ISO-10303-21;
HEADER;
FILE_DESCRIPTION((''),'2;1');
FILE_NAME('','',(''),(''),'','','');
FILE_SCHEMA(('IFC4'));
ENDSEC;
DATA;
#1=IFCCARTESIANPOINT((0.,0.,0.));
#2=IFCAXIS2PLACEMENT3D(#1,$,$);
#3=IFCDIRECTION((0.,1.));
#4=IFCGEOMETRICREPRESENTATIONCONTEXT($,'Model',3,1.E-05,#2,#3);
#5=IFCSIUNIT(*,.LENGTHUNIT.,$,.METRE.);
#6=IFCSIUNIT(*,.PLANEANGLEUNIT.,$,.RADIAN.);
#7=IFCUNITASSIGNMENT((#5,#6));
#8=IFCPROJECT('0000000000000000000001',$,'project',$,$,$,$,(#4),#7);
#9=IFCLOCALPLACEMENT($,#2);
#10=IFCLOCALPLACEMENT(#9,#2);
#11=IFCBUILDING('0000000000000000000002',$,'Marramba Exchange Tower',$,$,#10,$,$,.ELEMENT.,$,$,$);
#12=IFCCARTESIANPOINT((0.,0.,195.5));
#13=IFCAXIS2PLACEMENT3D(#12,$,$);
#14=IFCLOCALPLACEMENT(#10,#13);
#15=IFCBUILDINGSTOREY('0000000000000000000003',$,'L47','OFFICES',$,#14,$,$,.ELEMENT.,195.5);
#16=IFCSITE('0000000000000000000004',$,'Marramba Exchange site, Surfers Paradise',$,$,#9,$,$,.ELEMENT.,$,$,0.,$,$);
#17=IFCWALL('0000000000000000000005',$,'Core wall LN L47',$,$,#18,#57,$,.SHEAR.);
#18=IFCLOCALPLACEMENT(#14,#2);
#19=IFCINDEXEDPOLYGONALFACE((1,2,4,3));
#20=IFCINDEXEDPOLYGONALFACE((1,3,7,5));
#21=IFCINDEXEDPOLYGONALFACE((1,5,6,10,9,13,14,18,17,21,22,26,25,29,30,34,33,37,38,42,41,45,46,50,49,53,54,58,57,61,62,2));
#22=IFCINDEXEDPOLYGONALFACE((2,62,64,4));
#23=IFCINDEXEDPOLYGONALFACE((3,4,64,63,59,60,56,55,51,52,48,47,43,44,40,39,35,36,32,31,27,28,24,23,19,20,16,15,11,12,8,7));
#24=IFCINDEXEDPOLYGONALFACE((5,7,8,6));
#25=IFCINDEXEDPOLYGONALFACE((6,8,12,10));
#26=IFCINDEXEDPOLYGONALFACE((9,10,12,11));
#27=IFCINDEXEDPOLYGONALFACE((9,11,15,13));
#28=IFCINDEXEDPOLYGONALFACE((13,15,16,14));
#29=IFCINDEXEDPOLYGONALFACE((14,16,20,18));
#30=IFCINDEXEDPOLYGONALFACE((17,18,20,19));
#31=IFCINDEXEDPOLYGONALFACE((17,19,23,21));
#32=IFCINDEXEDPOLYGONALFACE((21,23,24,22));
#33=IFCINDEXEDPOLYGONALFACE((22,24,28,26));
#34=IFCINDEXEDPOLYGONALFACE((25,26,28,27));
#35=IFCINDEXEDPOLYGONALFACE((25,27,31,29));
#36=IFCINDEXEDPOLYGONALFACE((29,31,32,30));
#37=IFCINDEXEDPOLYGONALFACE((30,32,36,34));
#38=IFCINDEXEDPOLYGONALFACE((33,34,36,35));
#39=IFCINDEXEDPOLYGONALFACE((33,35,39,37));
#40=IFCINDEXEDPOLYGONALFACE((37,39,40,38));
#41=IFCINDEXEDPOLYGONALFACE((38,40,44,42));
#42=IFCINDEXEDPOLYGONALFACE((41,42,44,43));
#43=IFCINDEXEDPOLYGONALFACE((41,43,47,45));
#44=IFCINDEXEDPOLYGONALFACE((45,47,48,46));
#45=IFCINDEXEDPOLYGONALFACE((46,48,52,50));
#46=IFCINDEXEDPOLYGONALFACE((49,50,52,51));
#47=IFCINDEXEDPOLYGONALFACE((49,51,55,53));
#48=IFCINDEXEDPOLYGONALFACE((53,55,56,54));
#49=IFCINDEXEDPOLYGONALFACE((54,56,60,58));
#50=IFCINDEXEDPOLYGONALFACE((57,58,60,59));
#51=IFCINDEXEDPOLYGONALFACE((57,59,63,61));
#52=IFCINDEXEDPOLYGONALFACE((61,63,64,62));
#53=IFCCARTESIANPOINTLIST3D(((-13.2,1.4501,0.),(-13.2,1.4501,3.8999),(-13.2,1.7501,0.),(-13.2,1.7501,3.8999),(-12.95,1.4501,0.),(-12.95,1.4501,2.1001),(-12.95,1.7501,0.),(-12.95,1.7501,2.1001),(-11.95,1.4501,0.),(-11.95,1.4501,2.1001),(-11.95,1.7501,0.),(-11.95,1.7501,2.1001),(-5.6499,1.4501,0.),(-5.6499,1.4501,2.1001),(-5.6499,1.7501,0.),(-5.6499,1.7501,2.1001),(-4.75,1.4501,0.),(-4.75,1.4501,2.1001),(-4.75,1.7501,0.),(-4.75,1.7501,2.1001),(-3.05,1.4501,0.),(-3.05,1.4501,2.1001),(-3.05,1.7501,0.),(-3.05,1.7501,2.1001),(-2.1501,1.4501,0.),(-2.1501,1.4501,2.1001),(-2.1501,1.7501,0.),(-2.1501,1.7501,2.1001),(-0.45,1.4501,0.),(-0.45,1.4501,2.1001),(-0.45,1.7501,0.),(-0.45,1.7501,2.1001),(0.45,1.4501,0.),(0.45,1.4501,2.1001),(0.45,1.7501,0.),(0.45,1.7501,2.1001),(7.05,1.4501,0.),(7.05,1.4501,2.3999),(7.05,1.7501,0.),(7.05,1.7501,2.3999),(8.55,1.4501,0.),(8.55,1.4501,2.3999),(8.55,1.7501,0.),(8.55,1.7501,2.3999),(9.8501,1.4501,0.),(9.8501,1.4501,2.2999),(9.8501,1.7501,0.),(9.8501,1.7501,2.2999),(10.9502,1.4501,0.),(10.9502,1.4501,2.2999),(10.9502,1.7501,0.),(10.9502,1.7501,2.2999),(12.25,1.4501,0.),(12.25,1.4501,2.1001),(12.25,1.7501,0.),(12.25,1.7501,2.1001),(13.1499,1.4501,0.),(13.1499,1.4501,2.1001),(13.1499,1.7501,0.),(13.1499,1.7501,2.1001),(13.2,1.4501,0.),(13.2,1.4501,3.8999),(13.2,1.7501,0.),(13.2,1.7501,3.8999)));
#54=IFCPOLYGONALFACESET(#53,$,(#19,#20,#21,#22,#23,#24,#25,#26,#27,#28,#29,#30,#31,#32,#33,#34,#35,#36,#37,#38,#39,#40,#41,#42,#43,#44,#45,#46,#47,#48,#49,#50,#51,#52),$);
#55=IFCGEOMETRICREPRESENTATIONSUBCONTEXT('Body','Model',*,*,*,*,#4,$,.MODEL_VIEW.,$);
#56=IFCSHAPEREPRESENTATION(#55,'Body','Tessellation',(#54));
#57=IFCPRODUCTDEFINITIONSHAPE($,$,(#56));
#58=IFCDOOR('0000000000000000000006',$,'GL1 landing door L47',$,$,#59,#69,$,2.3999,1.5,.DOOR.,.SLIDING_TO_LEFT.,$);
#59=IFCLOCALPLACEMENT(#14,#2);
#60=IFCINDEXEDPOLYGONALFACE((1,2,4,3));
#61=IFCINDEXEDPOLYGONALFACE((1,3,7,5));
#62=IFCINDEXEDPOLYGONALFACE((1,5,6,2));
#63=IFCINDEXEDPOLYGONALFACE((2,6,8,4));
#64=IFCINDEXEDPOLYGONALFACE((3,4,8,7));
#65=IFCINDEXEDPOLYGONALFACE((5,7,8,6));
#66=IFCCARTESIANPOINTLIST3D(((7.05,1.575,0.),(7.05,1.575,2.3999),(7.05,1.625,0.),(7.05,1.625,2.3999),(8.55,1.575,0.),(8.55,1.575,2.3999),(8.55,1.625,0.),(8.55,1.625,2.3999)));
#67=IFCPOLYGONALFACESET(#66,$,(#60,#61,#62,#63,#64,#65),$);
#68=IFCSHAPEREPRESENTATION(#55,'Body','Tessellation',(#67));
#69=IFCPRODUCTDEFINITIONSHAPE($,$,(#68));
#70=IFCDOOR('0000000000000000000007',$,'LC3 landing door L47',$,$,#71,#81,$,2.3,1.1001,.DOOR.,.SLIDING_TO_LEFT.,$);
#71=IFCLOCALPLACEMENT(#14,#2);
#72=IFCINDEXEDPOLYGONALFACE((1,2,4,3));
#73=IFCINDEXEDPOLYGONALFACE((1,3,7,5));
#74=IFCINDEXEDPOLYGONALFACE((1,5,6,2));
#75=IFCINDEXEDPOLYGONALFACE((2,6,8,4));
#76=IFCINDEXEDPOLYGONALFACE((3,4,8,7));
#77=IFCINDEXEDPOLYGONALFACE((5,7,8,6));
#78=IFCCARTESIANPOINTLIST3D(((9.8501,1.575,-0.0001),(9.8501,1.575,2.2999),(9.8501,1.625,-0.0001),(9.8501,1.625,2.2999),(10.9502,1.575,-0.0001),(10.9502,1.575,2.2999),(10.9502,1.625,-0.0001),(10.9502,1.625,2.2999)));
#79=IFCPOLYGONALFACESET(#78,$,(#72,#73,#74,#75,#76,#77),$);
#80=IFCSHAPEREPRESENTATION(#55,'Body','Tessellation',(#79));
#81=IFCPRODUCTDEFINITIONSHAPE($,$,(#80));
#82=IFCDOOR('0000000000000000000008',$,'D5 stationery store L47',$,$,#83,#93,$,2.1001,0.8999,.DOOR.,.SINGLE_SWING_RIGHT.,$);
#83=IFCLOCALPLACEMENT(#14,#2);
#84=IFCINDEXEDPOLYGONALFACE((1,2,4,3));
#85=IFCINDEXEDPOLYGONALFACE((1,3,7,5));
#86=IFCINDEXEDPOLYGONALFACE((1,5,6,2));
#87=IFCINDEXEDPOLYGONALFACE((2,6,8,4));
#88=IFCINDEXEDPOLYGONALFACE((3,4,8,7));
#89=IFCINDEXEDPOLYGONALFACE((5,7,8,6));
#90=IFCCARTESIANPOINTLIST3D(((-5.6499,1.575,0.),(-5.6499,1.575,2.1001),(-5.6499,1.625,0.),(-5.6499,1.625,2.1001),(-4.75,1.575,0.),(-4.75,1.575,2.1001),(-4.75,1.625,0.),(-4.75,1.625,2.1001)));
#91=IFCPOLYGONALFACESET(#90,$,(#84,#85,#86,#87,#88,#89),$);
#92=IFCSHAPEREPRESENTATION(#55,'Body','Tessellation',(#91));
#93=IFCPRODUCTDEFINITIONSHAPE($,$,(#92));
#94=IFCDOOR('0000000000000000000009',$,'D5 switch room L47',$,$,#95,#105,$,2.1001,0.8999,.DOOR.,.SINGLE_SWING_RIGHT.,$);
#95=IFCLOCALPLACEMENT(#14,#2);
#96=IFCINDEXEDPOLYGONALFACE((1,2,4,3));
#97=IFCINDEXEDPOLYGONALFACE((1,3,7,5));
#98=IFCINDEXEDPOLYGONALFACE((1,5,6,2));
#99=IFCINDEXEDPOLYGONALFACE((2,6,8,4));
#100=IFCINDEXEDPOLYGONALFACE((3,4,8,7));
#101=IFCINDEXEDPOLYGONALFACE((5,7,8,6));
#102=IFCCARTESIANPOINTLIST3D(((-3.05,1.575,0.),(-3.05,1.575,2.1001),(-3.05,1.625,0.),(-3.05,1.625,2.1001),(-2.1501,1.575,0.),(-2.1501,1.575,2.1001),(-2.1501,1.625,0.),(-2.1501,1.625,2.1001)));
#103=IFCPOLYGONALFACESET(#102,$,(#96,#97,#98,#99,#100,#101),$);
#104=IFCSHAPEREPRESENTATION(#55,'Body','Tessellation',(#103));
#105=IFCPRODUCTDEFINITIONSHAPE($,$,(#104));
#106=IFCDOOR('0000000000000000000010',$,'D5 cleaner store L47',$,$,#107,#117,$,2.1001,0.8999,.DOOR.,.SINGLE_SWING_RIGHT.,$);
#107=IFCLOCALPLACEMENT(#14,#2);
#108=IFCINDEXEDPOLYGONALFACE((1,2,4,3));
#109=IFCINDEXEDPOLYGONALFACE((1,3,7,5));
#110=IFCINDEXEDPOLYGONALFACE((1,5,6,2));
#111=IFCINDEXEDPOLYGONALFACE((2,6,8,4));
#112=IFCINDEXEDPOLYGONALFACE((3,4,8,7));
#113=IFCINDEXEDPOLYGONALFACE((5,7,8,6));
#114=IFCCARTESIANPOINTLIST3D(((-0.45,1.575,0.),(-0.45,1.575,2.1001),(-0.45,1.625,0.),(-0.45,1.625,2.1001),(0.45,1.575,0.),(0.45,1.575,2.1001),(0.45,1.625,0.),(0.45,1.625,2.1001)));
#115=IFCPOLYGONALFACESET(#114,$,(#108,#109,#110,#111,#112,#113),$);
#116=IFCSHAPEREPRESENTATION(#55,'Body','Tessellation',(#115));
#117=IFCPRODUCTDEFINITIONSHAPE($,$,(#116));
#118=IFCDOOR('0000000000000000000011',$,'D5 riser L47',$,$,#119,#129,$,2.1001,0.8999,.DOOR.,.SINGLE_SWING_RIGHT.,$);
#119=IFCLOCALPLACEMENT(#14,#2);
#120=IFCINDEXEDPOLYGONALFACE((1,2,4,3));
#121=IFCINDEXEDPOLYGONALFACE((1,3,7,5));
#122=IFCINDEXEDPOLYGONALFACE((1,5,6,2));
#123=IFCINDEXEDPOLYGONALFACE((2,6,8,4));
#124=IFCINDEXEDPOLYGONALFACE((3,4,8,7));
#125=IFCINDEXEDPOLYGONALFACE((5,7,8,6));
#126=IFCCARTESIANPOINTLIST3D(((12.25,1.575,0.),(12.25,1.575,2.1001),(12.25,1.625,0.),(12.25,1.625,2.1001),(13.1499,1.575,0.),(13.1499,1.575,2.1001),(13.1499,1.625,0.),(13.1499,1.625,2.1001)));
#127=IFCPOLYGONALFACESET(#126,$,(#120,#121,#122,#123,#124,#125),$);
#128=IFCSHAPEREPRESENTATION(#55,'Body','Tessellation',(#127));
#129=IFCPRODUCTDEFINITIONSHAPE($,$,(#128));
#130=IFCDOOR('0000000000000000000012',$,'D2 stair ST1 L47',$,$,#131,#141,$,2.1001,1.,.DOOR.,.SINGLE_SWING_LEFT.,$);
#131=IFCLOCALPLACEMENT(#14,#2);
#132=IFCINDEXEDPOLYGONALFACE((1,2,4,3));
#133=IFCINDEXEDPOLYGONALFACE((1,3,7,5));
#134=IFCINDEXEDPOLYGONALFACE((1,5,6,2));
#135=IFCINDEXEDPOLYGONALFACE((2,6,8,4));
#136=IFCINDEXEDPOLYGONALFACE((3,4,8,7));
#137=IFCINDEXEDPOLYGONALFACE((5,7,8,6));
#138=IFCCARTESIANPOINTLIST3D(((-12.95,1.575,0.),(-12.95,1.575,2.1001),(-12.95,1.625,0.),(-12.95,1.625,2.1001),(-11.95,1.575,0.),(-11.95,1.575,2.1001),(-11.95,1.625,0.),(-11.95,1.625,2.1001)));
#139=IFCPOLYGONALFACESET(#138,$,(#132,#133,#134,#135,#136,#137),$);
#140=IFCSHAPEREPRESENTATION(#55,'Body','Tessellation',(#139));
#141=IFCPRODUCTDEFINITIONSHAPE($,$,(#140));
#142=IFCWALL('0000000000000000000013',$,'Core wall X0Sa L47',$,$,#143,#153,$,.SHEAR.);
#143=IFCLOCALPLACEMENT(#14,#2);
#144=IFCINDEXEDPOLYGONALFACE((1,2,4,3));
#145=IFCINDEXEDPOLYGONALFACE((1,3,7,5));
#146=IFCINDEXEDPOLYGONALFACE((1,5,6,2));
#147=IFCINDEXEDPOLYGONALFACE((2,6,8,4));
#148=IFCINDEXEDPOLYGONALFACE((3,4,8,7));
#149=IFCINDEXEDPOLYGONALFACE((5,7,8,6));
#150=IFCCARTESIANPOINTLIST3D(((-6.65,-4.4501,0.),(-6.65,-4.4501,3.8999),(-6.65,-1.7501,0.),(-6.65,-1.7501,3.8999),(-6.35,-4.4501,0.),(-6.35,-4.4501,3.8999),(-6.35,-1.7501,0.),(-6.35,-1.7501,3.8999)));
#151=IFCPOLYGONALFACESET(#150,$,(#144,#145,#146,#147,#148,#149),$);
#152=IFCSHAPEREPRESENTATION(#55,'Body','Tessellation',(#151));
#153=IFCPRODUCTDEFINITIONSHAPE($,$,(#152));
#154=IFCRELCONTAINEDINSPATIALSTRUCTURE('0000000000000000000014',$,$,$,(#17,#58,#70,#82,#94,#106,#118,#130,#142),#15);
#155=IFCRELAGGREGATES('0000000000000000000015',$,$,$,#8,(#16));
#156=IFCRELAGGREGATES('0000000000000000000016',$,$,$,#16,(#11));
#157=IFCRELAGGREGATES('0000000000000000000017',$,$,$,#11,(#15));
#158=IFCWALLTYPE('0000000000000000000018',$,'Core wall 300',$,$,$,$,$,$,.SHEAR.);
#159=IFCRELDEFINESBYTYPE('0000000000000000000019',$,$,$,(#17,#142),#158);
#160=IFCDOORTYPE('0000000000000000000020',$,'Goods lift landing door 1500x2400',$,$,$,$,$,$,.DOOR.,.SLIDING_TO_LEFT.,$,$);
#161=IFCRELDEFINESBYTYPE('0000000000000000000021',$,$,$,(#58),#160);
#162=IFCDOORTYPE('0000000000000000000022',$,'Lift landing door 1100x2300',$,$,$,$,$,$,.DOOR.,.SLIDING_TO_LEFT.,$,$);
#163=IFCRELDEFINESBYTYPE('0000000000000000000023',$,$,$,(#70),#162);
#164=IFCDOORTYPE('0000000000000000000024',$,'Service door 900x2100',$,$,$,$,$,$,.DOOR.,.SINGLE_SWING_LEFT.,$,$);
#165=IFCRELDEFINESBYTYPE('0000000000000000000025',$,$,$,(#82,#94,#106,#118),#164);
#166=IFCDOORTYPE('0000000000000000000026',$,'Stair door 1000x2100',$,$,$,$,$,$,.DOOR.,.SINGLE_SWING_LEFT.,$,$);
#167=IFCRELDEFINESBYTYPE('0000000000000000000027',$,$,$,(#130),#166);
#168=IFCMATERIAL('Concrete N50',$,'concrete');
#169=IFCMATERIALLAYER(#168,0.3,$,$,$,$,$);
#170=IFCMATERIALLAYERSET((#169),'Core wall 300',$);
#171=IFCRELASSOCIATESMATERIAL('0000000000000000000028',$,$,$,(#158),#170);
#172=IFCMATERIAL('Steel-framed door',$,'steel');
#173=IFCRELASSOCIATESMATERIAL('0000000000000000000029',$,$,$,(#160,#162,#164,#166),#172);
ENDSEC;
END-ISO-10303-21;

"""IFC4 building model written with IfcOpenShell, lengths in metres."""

from ifc_helpers import new_model, si_unit, direction, frame, frame_2d, origin, place, context, subcontext, project, spatial, rectangle, extrude, material, layer, layer_set, type_object, element, fill, save


model = new_model("IFC4")

# Units and contexts
model_context = context("Model", 3, precision=1e-05, world=origin(), true_north=direction((0.0, 1.0)))
body_context = subcontext(model_context, "Body", "Model", "MODEL_VIEW")
ifc_project = project(units=[si_unit("LENGTHUNIT", "METRE"), si_unit("PLANEANGLEUNIT", "RADIAN")], contexts=[model_context])

# Site, building, storey
site_placement = place(None, origin())
site = spatial("IfcSite", under=ifc_project, at=site_placement, Name="Marramba Exchange site, Surfers Paradise", CompositionType="ELEMENT", RefElevation=0.0)
building_placement = place(site_placement, origin())
building = spatial("IfcBuilding", under=site, at=building_placement, Name="Marramba Exchange Tower", CompositionType="ELEMENT")
storey_placement = place(building_placement, frame((0.0, 0.0, 195.5)))
storey = spatial("IfcBuildingStorey", under=building, at=storey_placement, Name="L47", Description="OFFICES", CompositionType="ELEMENT", Elevation=195.5)

# Shared definitions
ifc_material_1 = material(Name="Concrete N50", Category="concrete")

# Wall, openings, doors
ifc_layer_1 = layer(ifc_material_1, 0.3)
ifc_layer_set_1 = layer_set([ifc_layer_1], Name="Core wall 300")
wall_type_1 = type_object("IfcWallType", Name="Core wall 300", PredefinedType="SHEAR", material=ifc_layer_set_1)
wall_1_placement = place(storey_placement, frame((-13.2, 1.6001, 0.0), z_axis=(0.0, 0.0, 1.0), x_axis=(1.0, 0.0, 0.0)))
wall_1 = element("IfcWall", 1, at=wall_1_placement, inside=storey, type_object=wall_type_1, Name="Core wall LN L47", PredefinedType="SHEAR", context=body_context, shape_type="SweptSolid", body=[
    extrude(rectangle(XDim=26.3999, YDim=0.3, at=frame_2d((13.2, 0.0))), origin(), (0.0, 0.0, 1.0), 3.8999),
])
opening_1_placement = place(wall_1_placement, frame((0.25, 0.0, 0.0)))
opening_1 = element("IfcOpeningElement", 2, at=opening_1_placement, cuts=wall_1, PredefinedType="OPENING", context=body_context, shape_type="SweptSolid", body=[
    extrude(rectangle(XDim=1.0, YDim=2.1001, at=frame_2d((0.5, 1.05))), frame((0.0, 0.1599, 0.0), z_axis=(0.0, -1.0, 0.0), x_axis=(1.0, 0.0, 0.0)), (0.0, 0.0, 1.0), 0.3201),
])
opening_2_placement = place(wall_1_placement, frame((23.05, 0.0, 0.0)))
opening_2 = element("IfcOpeningElement", 3, at=opening_2_placement, cuts=wall_1, PredefinedType="OPENING", context=body_context, shape_type="SweptSolid", body=[
    extrude(rectangle(XDim=1.1001, YDim=2.3, at=frame_2d((0.55, 1.1499))), frame((0.0, 0.1599, 0.0), z_axis=(0.0, -1.0, 0.0), x_axis=(1.0, 0.0, 0.0)), (0.0, 0.0, 1.0), 0.3201),
])
opening_3_placement = place(wall_1_placement, frame((20.25, 0.0, 0.0)))
opening_3 = element("IfcOpeningElement", 4, at=opening_3_placement, cuts=wall_1, PredefinedType="OPENING", context=body_context, shape_type="SweptSolid", body=[
    extrude(rectangle(XDim=1.5, YDim=2.3999, at=frame_2d((0.75, 1.2))), frame((0.0, 0.1599, 0.0), z_axis=(0.0, -1.0, 0.0), x_axis=(1.0, 0.0, 0.0)), (0.0, 0.0, 1.0), 0.3201),
])
opening_4_placement = place(wall_1_placement, frame((7.55, 0.0, 0.0)))
opening_4 = element("IfcOpeningElement", 5, at=opening_4_placement, cuts=wall_1, PredefinedType="OPENING", context=body_context, shape_type="SweptSolid", body=[
    extrude(rectangle(XDim=0.8999, YDim=2.1001, at=frame_2d((0.45, 1.05))), frame((0.0, 0.1599, 0.0), z_axis=(0.0, -1.0, 0.0), x_axis=(1.0, 0.0, 0.0)), (0.0, 0.0, 1.0), 0.3201),
])
opening_5_placement = place(wall_1_placement, frame((10.1499, 0.0, 0.0)))
opening_5 = element("IfcOpeningElement", 6, at=opening_5_placement, cuts=wall_1, PredefinedType="OPENING", context=body_context, shape_type="SweptSolid", body=[
    extrude(rectangle(XDim=0.8999, YDim=2.1001, at=frame_2d((0.45, 1.05))), frame((0.0, 0.1599, 0.0), z_axis=(0.0, -1.0, 0.0), x_axis=(1.0, 0.0, 0.0)), (0.0, 0.0, 1.0), 0.3201),
])
opening_6_placement = place(wall_1_placement, frame((12.75, 0.0, 0.0)))
opening_6 = element("IfcOpeningElement", 7, at=opening_6_placement, cuts=wall_1, PredefinedType="OPENING", context=body_context, shape_type="SweptSolid", body=[
    extrude(rectangle(XDim=0.8999, YDim=2.1001, at=frame_2d((0.45, 1.05))), frame((0.0, 0.1599, 0.0), z_axis=(0.0, -1.0, 0.0), x_axis=(1.0, 0.0, 0.0)), (0.0, 0.0, 1.0), 0.3201),
])
opening_7_placement = place(wall_1_placement, frame((25.45, 0.0, 0.0)))
opening_7 = element("IfcOpeningElement", 8, at=opening_7_placement, cuts=wall_1, PredefinedType="OPENING", context=body_context, shape_type="SweptSolid", body=[
    extrude(rectangle(XDim=0.8999, YDim=2.1001, at=frame_2d((0.45, 1.05))), frame((0.0, 0.1599, 0.0), z_axis=(0.0, -1.0, 0.0), x_axis=(1.0, 0.0, 0.0)), (0.0, 0.0, 1.0), 0.3201),
])
ifc_material_2 = material(Name="Steel-framed door", Category="steel")
door_type_1 = type_object("IfcDoorType", Name="Goods lift landing door 1500x2400", OperationType="SLIDING_TO_LEFT", PredefinedType="DOOR", material=ifc_material_2)
door_1_placement = place(opening_3_placement, origin())
door_1 = element("IfcDoor", 9, at=door_1_placement, inside=storey, type_object=door_type_1, Name="GL1 landing door L47", OperationType="SLIDING_TO_LEFT", OverallHeight=2.3999, OverallWidth=1.5, PredefinedType="DOOR", context=body_context, shape_type="SweptSolid", body=[
    extrude(rectangle(XDim=1.5, YDim=2.3999, at=frame_2d((0.75, 1.2))), frame((0.0, 0.0249, 0.0), z_axis=(0.0, -1.0, 0.0), x_axis=(1.0, 0.0, 0.0)), (0.0, 0.0, 1.0), 0.05),
])
fill(opening_3, door_1)
door_type_2 = type_object("IfcDoorType", Name="Lift landing door 1100x2300", OperationType="SLIDING_TO_LEFT", PredefinedType="DOOR", material=ifc_material_2)
door_2_placement = place(opening_2_placement, origin())
door_2 = element("IfcDoor", 10, at=door_2_placement, inside=storey, type_object=door_type_2, Name="LC3 landing door L47", OperationType="SLIDING_TO_LEFT", OverallHeight=2.3, OverallWidth=1.1001, PredefinedType="DOOR", context=body_context, shape_type="SweptSolid", body=[
    extrude(rectangle(XDim=1.1001, YDim=2.3, at=frame_2d((0.55, 1.1499))), frame((0.0, 0.0249, 0.0), z_axis=(0.0, -1.0, 0.0), x_axis=(1.0, 0.0, 0.0)), (0.0, 0.0, 1.0), 0.05),
])
fill(opening_2, door_2)
door_type_3 = type_object("IfcDoorType", Name="Service door 900x2100", OperationType="SINGLE_SWING_LEFT", PredefinedType="DOOR", material=ifc_material_2)
door_3_placement = place(opening_4_placement, origin())
door_3 = element("IfcDoor", 11, at=door_3_placement, inside=storey, type_object=door_type_3, Name="D5 stationery store L47", OperationType="SINGLE_SWING_RIGHT", OverallHeight=2.1001, OverallWidth=0.8999, PredefinedType="DOOR", context=body_context, shape_type="SweptSolid", body=[
    extrude(rectangle(XDim=0.8999, YDim=2.1001, at=frame_2d((0.45, 1.05))), frame((0.0, 0.0249, 0.0), z_axis=(0.0, -1.0, 0.0), x_axis=(1.0, 0.0, 0.0)), (0.0, 0.0, 1.0), 0.05),
])
fill(opening_4, door_3)
door_4_placement = place(opening_5_placement, origin())
door_4 = element("IfcDoor", 12, at=door_4_placement, inside=storey, type_object=door_type_3, Name="D5 switch room L47", OperationType="SINGLE_SWING_RIGHT", OverallHeight=2.1001, OverallWidth=0.8999, PredefinedType="DOOR", context=body_context, shape_type="SweptSolid", body=[
    extrude(rectangle(XDim=0.8999, YDim=2.1001, at=frame_2d((0.45, 1.05))), frame((0.0, 0.0249, 0.0), z_axis=(0.0, -1.0, 0.0), x_axis=(1.0, 0.0, 0.0)), (0.0, 0.0, 1.0), 0.05),
])
fill(opening_5, door_4)
door_5_placement = place(opening_6_placement, origin())
door_5 = element("IfcDoor", 13, at=door_5_placement, inside=storey, type_object=door_type_3, Name="D5 cleaner store L47", OperationType="SINGLE_SWING_RIGHT", OverallHeight=2.1001, OverallWidth=0.8999, PredefinedType="DOOR", context=body_context, shape_type="SweptSolid", body=[
    extrude(rectangle(XDim=0.8999, YDim=2.1001, at=frame_2d((0.45, 1.05))), frame((0.0, 0.0249, 0.0), z_axis=(0.0, -1.0, 0.0), x_axis=(1.0, 0.0, 0.0)), (0.0, 0.0, 1.0), 0.05),
])
fill(opening_6, door_5)
door_6_placement = place(opening_7_placement, origin())
door_6 = element("IfcDoor", 14, at=door_6_placement, inside=storey, type_object=door_type_3, Name="D5 riser L47", OperationType="SINGLE_SWING_RIGHT", OverallHeight=2.1001, OverallWidth=0.8999, PredefinedType="DOOR", context=body_context, shape_type="SweptSolid", body=[
    extrude(rectangle(XDim=0.8999, YDim=2.1001, at=frame_2d((0.45, 1.05))), frame((0.0, 0.0249, 0.0), z_axis=(0.0, -1.0, 0.0), x_axis=(1.0, 0.0, 0.0)), (0.0, 0.0, 1.0), 0.05),
])
fill(opening_7, door_6)
door_type_4 = type_object("IfcDoorType", Name="Stair door 1000x2100", OperationType="SINGLE_SWING_LEFT", PredefinedType="DOOR", material=ifc_material_2)
door_7_placement = place(opening_1_placement, origin())
door_7 = element("IfcDoor", 15, at=door_7_placement, inside=storey, type_object=door_type_4, Name="D2 stair ST1 L47", OperationType="SINGLE_SWING_LEFT", OverallHeight=2.1001, OverallWidth=1.0, PredefinedType="DOOR", context=body_context, shape_type="SweptSolid", body=[
    extrude(rectangle(XDim=1.0, YDim=2.1001, at=frame_2d((0.5, 1.05))), frame((0.0, 0.0249, 0.0), z_axis=(0.0, -1.0, 0.0), x_axis=(1.0, 0.0, 0.0)), (0.0, 0.0, 1.0), 0.05),
])
fill(opening_1, door_7)

# Wall
wall_2_placement = place(storey_placement, frame((-6.5, -1.75, 0.0), z_axis=(0.0, 0.0, 1.0), x_axis=(0.0, -1.0, 0.0)))
element("IfcWall", 16, at=wall_2_placement, inside=storey, type_object=wall_type_1, Name="Core wall X0Sa L47", PredefinedType="SHEAR", context=body_context, shape_type="SweptSolid", body=[
    extrude(rectangle(XDim=2.7, YDim=0.3, at=frame_2d((1.3501, 0.0))), origin(), (0.0, 0.0, 1.0), 3.8999),
])

save(model, "model.ifc")
